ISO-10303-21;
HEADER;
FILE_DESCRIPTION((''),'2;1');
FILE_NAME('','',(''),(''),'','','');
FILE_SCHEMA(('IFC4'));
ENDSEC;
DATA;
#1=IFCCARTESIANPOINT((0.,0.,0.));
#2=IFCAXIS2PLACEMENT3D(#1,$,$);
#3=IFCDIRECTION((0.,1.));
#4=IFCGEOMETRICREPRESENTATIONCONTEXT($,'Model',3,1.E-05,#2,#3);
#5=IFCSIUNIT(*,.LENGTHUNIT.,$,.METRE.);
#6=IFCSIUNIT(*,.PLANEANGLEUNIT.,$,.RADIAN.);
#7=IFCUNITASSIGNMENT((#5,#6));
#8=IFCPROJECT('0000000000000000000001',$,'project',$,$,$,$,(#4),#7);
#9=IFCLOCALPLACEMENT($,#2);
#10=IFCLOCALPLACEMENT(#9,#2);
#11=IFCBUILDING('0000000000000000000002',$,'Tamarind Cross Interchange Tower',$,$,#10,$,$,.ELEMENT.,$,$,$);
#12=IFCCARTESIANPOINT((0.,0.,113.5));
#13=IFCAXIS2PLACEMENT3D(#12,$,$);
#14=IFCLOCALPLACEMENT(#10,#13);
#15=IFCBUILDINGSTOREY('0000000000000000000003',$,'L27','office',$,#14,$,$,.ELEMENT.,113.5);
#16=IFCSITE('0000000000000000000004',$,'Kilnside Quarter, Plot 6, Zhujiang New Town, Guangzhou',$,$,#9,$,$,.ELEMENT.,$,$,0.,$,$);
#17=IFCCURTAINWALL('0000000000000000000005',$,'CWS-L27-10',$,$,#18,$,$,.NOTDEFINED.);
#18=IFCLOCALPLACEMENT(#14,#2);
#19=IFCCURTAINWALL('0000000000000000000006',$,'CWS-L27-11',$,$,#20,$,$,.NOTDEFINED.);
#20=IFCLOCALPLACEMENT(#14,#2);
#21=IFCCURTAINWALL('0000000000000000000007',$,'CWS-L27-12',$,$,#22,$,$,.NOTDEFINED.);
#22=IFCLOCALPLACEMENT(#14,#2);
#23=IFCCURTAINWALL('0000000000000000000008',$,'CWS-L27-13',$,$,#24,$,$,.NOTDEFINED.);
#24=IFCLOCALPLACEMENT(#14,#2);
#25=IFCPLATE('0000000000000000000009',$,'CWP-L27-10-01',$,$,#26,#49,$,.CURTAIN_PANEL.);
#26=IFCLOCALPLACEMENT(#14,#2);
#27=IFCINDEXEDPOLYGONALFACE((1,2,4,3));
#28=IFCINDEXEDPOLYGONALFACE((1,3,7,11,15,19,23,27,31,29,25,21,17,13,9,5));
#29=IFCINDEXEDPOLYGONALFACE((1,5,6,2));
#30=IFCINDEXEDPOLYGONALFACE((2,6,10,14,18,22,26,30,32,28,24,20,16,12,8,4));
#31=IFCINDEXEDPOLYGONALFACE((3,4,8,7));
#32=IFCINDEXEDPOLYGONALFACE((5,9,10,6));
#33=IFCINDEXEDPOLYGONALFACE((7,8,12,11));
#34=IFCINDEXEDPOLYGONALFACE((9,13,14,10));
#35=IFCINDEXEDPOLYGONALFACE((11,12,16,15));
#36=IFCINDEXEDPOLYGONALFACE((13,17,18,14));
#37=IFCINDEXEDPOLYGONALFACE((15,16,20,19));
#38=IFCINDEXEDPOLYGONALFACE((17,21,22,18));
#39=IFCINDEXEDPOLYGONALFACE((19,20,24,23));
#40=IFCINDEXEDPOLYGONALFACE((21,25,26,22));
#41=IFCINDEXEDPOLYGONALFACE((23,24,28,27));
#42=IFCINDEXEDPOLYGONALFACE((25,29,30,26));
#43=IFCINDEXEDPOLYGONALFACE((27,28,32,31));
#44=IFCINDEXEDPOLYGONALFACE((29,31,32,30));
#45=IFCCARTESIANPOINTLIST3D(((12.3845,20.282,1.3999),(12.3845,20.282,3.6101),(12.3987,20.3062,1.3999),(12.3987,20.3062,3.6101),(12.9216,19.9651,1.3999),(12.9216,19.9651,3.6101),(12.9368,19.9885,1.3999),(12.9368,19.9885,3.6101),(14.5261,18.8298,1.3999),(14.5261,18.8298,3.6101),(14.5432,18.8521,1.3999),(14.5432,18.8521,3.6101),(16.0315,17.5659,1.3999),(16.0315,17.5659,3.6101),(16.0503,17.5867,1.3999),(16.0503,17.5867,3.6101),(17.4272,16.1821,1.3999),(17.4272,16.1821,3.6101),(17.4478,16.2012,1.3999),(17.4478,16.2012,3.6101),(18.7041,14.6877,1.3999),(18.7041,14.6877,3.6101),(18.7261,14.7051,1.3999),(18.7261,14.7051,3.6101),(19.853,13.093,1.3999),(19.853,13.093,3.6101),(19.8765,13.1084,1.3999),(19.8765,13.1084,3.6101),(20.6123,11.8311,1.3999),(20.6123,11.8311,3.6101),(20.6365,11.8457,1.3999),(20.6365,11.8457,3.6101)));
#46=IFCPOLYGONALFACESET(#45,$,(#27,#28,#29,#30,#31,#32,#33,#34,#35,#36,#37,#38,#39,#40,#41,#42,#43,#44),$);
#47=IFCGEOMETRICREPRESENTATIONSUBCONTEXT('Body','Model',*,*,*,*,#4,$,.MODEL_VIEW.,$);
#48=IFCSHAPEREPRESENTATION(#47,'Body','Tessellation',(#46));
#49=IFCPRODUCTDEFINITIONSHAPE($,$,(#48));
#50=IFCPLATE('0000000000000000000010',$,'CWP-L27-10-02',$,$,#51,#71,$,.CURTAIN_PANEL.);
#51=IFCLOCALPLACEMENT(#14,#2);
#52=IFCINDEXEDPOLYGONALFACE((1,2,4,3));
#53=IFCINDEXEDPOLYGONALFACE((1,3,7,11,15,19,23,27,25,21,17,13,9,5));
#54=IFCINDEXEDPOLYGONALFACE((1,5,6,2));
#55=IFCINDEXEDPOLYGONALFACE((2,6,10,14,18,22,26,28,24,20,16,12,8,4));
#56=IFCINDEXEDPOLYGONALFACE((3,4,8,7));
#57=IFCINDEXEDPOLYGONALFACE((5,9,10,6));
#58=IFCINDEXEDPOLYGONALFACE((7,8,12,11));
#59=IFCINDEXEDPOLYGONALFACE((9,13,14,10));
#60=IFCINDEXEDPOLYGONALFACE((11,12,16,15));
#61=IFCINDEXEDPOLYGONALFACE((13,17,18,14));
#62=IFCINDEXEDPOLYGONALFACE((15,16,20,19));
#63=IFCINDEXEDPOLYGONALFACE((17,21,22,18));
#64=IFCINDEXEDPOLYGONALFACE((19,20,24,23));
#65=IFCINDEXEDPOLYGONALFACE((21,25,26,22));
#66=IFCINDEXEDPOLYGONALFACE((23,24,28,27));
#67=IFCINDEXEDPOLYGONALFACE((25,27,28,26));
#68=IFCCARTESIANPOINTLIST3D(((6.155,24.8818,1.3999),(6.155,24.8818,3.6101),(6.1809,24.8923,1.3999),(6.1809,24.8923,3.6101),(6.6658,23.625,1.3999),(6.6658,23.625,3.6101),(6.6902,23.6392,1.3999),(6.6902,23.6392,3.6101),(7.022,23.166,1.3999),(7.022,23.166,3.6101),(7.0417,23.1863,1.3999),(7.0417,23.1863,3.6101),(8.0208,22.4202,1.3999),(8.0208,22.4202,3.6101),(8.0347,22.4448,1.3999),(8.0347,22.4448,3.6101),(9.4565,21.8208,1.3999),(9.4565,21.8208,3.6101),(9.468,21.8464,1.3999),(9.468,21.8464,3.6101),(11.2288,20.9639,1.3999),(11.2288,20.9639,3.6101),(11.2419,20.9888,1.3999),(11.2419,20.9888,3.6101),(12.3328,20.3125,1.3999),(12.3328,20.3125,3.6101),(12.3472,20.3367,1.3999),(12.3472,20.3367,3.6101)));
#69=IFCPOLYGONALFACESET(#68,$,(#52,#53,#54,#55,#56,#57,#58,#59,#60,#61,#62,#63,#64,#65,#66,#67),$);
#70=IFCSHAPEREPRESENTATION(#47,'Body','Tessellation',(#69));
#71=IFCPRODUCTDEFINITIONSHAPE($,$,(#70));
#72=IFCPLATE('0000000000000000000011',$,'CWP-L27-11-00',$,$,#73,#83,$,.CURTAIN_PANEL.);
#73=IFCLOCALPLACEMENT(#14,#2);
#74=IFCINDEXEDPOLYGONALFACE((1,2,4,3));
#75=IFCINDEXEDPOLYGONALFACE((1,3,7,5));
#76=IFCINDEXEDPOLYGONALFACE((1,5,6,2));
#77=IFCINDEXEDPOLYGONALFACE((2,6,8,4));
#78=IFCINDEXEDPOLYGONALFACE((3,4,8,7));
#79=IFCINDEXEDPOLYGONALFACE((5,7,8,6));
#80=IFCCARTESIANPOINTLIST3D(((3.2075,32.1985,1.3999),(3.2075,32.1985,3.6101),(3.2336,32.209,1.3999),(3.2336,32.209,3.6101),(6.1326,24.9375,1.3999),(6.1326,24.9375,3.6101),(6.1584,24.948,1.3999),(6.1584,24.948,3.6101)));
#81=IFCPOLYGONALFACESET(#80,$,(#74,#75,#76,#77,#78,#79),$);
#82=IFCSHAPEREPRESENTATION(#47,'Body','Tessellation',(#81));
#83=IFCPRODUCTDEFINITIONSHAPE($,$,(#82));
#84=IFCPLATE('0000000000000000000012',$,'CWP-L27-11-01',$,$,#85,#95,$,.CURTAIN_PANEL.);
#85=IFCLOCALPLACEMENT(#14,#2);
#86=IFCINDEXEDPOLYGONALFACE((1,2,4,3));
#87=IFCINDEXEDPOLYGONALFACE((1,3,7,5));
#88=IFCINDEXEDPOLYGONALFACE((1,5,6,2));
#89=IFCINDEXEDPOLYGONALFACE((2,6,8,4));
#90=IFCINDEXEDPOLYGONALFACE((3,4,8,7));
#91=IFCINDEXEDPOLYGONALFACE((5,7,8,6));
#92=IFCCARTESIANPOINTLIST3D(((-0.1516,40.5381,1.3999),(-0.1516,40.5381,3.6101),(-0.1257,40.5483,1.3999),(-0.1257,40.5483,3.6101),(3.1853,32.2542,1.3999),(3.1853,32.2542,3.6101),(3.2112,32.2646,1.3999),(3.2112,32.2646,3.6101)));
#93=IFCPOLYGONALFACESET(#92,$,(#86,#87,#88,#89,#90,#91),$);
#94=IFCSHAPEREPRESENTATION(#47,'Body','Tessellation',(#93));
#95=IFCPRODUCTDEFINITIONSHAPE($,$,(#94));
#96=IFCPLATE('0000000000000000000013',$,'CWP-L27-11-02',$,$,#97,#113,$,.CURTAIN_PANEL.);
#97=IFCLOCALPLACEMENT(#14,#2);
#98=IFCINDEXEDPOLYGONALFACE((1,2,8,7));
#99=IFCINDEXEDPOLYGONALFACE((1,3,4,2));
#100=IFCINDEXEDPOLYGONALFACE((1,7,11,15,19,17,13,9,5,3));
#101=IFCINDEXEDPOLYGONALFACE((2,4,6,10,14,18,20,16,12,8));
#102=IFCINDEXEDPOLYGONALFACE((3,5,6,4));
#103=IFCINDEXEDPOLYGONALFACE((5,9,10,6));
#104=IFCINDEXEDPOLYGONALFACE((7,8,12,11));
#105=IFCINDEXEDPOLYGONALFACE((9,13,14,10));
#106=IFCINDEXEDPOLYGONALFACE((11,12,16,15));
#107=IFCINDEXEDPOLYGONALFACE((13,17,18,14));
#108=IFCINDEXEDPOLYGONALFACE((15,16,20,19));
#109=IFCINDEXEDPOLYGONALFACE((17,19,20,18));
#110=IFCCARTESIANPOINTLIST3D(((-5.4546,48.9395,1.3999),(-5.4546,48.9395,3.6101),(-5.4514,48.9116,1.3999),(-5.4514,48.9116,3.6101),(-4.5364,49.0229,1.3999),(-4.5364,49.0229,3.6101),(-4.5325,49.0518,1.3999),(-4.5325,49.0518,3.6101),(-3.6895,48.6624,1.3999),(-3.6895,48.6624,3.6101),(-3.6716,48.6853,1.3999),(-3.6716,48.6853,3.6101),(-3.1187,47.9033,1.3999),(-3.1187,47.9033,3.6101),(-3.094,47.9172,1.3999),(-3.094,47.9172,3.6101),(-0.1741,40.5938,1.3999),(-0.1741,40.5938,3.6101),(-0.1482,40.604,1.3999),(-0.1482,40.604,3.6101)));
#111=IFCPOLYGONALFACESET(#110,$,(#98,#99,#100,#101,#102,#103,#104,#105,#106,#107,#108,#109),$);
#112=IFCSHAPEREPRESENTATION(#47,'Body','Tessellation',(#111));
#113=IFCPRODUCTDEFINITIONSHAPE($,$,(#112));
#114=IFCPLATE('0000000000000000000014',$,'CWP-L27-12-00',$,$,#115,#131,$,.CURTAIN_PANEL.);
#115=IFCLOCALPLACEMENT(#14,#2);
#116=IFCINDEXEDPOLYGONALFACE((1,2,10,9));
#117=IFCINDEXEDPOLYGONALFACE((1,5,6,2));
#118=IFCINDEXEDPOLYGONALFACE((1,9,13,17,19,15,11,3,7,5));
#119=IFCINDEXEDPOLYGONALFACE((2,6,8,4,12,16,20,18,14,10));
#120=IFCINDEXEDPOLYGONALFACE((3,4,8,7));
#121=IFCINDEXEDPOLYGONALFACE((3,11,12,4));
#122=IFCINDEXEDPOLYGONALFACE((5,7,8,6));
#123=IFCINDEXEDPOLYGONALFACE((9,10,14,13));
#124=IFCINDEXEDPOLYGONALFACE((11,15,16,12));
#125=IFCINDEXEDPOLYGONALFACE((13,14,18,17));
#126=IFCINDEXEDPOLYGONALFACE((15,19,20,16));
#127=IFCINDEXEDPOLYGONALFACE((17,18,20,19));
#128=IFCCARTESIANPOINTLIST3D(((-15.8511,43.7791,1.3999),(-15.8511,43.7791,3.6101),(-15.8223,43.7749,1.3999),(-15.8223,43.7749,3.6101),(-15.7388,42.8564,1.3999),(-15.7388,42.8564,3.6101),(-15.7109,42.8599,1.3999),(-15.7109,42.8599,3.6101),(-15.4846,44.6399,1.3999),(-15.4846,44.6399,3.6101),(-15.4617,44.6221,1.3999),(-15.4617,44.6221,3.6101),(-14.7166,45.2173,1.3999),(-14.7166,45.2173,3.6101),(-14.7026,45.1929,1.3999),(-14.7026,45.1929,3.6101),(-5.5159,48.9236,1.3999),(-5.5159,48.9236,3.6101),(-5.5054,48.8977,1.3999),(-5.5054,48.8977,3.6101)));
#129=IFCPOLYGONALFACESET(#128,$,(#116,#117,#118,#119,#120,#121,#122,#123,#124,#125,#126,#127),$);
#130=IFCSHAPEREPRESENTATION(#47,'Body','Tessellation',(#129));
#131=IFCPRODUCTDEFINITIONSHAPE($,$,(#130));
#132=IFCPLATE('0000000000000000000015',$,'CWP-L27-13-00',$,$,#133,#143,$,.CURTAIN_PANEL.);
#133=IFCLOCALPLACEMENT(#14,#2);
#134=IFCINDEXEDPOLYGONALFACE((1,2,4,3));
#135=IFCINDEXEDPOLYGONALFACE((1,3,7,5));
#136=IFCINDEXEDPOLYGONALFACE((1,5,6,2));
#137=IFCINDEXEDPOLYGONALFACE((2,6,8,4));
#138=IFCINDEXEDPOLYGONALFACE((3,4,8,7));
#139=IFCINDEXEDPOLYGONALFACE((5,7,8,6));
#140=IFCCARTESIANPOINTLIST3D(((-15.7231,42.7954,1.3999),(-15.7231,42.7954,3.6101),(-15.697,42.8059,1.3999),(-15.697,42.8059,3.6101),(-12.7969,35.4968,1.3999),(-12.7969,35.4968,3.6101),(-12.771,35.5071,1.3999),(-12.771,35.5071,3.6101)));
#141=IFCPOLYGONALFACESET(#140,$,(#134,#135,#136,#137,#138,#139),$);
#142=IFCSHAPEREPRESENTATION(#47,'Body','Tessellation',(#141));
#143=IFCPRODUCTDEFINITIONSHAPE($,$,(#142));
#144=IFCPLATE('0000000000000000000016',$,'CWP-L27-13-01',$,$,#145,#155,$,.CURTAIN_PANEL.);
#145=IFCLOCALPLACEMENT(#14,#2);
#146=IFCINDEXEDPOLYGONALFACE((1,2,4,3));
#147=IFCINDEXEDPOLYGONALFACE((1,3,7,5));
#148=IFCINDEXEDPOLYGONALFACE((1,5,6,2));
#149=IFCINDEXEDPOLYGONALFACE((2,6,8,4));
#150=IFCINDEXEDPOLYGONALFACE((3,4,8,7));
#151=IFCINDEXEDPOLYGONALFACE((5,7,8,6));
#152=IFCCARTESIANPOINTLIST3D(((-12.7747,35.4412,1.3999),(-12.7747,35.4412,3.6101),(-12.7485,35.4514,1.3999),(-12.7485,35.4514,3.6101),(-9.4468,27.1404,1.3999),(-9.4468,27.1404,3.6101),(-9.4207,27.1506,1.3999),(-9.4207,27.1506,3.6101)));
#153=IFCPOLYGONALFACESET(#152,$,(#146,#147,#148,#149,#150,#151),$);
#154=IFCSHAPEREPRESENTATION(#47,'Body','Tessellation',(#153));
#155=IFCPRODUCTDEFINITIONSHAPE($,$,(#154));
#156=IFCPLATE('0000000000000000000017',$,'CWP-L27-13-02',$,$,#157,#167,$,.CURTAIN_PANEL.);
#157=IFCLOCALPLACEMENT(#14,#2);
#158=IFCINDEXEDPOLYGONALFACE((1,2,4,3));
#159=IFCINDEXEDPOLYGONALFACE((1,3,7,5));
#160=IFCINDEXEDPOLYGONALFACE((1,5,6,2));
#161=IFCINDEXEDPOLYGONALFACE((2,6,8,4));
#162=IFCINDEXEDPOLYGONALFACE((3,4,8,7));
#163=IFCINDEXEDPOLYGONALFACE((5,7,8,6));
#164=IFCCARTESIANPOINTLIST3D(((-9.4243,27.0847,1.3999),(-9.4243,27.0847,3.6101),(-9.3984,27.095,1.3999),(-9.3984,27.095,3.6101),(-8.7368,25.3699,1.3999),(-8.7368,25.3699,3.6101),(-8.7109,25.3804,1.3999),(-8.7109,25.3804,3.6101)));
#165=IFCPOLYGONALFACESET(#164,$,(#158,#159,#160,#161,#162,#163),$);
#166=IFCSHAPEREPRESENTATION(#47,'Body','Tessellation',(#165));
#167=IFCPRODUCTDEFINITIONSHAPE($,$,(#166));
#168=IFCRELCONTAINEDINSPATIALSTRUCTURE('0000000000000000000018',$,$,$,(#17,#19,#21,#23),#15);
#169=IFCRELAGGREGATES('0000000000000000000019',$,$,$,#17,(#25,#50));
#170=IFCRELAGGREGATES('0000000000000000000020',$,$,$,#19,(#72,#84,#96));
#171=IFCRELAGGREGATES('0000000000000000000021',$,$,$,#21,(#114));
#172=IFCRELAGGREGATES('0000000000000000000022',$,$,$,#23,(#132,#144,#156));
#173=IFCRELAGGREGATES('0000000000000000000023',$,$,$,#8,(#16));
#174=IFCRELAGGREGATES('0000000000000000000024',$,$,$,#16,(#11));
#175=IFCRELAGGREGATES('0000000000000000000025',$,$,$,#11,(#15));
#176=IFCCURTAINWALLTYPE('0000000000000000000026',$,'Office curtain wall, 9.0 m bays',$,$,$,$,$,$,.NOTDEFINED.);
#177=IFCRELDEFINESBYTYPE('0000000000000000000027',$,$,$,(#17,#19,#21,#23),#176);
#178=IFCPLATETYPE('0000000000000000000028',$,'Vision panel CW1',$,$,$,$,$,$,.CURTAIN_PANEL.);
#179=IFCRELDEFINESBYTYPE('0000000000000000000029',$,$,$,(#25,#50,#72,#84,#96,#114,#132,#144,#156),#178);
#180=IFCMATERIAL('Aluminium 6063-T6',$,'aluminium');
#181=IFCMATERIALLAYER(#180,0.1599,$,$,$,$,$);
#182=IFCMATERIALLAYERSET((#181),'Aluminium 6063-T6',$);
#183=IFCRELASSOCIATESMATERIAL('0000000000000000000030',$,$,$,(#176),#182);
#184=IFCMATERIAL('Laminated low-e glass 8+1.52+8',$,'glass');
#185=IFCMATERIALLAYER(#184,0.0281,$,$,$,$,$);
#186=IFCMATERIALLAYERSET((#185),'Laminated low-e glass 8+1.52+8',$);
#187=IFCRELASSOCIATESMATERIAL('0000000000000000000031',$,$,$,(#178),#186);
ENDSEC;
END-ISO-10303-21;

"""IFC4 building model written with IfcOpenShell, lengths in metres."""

from ifc_helpers import new_model, si_unit, direction, frame, origin, place, context, subcontext, project, spatial, polyline, outline, extrude, material, layer, layer_set, type_object, element, aggregate, save


model = new_model("IFC4")

# Units and contexts
model_context = context("Model", 3, precision=1e-05, world=origin(), true_north=direction((0.0, 1.0)))
body_context = subcontext(model_context, "Body", "Model", "MODEL_VIEW")
ifc_project = project(units=[si_unit("LENGTHUNIT", "METRE"), si_unit("PLANEANGLEUNIT", "RADIAN")], contexts=[model_context])

# Site, building, storey
site_placement = place(None, origin())
site = spatial("IfcSite", under=ifc_project, at=site_placement, Name="Kilnside Quarter, Plot 6, Zhujiang New Town, Guangzhou", CompositionType="ELEMENT", RefElevation=0.0)
building_placement = place(site_placement, origin())
building = spatial("IfcBuilding", under=site, at=building_placement, Name="Tamarind Cross Interchange Tower", CompositionType="ELEMENT")
storey_placement = place(building_placement, frame((0.0, 0.0, 113.5)))
storey = spatial("IfcBuildingStorey", under=building, at=storey_placement, Name="L27", Description="office", CompositionType="ELEMENT", Elevation=113.5)

# Curtain walls
ifc_material_1 = material(Name="Aluminium 6063-T6", Category="aluminium")
ifc_layer_1 = layer(ifc_material_1, 0.1599)
ifc_layer_set_1 = layer_set([ifc_layer_1], Name="Aluminium 6063-T6")
curtain_wall_type = type_object("IfcCurtainWallType", Name="Office curtain wall, 9.0 m bays", PredefinedType="NOTDEFINED", material=ifc_layer_set_1)
curtain_wall_1_placement = place(storey_placement, origin())
curtain_wall_1 = element("IfcCurtainWall", 1, at=curtain_wall_1_placement, inside=storey, type_object=curtain_wall_type, Name="CWS-L27-10", PredefinedType="NOTDEFINED")
curtain_wall_2_placement = place(storey_placement, origin())
curtain_wall_2 = element("IfcCurtainWall", 2, at=curtain_wall_2_placement, inside=storey, type_object=curtain_wall_type, Name="CWS-L27-11", PredefinedType="NOTDEFINED")
curtain_wall_3_placement = place(storey_placement, origin())
curtain_wall_3 = element("IfcCurtainWall", 3, at=curtain_wall_3_placement, inside=storey, type_object=curtain_wall_type, Name="CWS-L27-12", PredefinedType="NOTDEFINED")
curtain_wall_4_placement = place(storey_placement, origin())
curtain_wall_4 = element("IfcCurtainWall", 4, at=curtain_wall_4_placement, inside=storey, type_object=curtain_wall_type, Name="CWS-L27-13", PredefinedType="NOTDEFINED")

# Plates
ifc_material_2 = material(Name="Laminated low-e glass 8+1.52+8", Category="glass")
ifc_layer_2 = layer(ifc_material_2, 0.0281)
ifc_layer_set_2 = layer_set([ifc_layer_2], Name="Laminated low-e glass 8+1.52+8")
plate_type = type_object("IfcPlateType", Name="Vision panel CW1", PredefinedType="CURTAIN_PANEL", material=ifc_layer_set_2)
plate_1_placement = place(storey_placement, frame((0.0, 0.0, 1.3999)))
plate_1 = element("IfcPlate", 5, at=plate_1_placement, type_object=plate_type, Name="CWP-L27-10-01", PredefinedType="CURTAIN_PANEL", context=body_context, shape_type="SweptSolid", body=[
    extrude(outline(polyline([(20.6123, 11.8311), (19.853, 13.093), (18.7041, 14.6877), (17.4272, 16.1821), (16.0315, 17.5659), (14.5261, 18.8298), (12.9216, 19.9651), (12.3845, 20.282), (12.3987, 20.3062), (12.9368, 19.9885), (14.5432, 18.8521), (16.0503, 17.5867), (17.4478, 16.2012), (18.7261, 14.7051), (19.8765, 13.1084), (20.6365, 11.8457), (20.6123, 11.8311)])), origin(), (0.0, 0.0, 1.0), 2.2102),
])
plate_2_placement = place(storey_placement, frame((0.0, 0.0, 1.3999)))
plate_2 = element("IfcPlate", 6, at=plate_2_placement, type_object=plate_type, Name="CWP-L27-10-02", PredefinedType="CURTAIN_PANEL", context=body_context, shape_type="SweptSolid", body=[
    extrude(outline(polyline([(12.3328, 20.3125), (11.2288, 20.9639), (9.4565, 21.8208), (8.0208, 22.4202), (7.022, 23.166), (6.6658, 23.625), (6.155, 24.8818), (6.1809, 24.8923), (6.6902, 23.6392), (7.0417, 23.1863), (8.0347, 22.4448), (9.468, 21.8464), (11.2419, 20.9888), (12.3472, 20.3367), (12.3328, 20.3125)])), origin(), (0.0, 0.0, 1.0), 2.2102),
])
aggregate(curtain_wall_1, [plate_1, plate_2])
plate_3_placement = place(storey_placement, frame((0.0, 0.0, 1.3999)))
plate_3 = element("IfcPlate", 7, at=plate_3_placement, type_object=plate_type, Name="CWP-L27-11-00", PredefinedType="CURTAIN_PANEL", context=body_context, shape_type="SweptSolid", body=[
    extrude(outline(polyline([(6.1326, 24.9375), (3.2075, 32.1985), (3.2336, 32.209), (6.1584, 24.948), (6.1326, 24.9375)])), origin(), (0.0, 0.0, 1.0), 2.2102),
])
plate_4_placement = place(storey_placement, frame((0.0, 0.0, 1.3999)))
plate_4 = element("IfcPlate", 8, at=plate_4_placement, type_object=plate_type, Name="CWP-L27-11-01", PredefinedType="CURTAIN_PANEL", context=body_context, shape_type="SweptSolid", body=[
    extrude(outline(polyline([(3.1853, 32.2542), (-0.1516, 40.5381), (-0.1257, 40.5483), (3.2112, 32.2646), (3.1853, 32.2542)])), origin(), (0.0, 0.0, 1.0), 2.2102),
])
plate_5_placement = place(storey_placement, frame((0.0, 0.0, 1.3999)))
plate_5 = element("IfcPlate", 9, at=plate_5_placement, type_object=plate_type, Name="CWP-L27-11-02", PredefinedType="CURTAIN_PANEL", context=body_context, shape_type="SweptSolid", body=[
    extrude(outline(polyline([(-0.1741, 40.5938), (-3.1187, 47.9033), (-3.6895, 48.6624), (-4.5364, 49.0229), (-5.4514, 48.9116), (-5.4546, 48.9395), (-4.5325, 49.0518), (-3.6716, 48.6853), (-3.094, 47.9172), (-0.1482, 40.604), (-0.1741, 40.5938)])), origin(), (0.0, 0.0, 1.0), 2.2102),
])
aggregate(curtain_wall_2, [plate_3, plate_4, plate_5])
plate_6_placement = place(storey_placement, frame((0.0, 0.0, 1.3999)))
plate_6 = element("IfcPlate", 10, at=plate_6_placement, type_object=plate_type, Name="CWP-L27-12-00", PredefinedType="CURTAIN_PANEL", context=body_context, shape_type="SweptSolid", body=[
    extrude(outline(polyline([(-5.5054, 48.8977), (-14.7026, 45.1929), (-15.4617, 44.6221), (-15.8223, 43.7749), (-15.7109, 42.8599), (-15.7388, 42.8564), (-15.8511, 43.7791), (-15.4846, 44.6399), (-14.7166, 45.2173), (-5.5159, 48.9236), (-5.5054, 48.8977)])), origin(), (0.0, 0.0, 1.0), 2.2102),
])
aggregate(curtain_wall_3, [plate_6])
plate_7_placement = place(storey_placement, frame((0.0, 0.0, 1.3999)))
plate_7 = element("IfcPlate", 11, at=plate_7_placement, type_object=plate_type, Name="CWP-L27-13-00", PredefinedType="CURTAIN_PANEL", context=body_context, shape_type="SweptSolid", body=[
    extrude(outline(polyline([(-15.697, 42.8059), (-12.771, 35.5071), (-12.7969, 35.4968), (-15.7231, 42.7954), (-15.697, 42.8059)])), origin(), (0.0, 0.0, 1.0), 2.2102),
])
plate_8_placement = place(storey_placement, frame((0.0, 0.0, 1.3999)))
plate_8 = element("IfcPlate", 12, at=plate_8_placement, type_object=plate_type, Name="CWP-L27-13-01", PredefinedType="CURTAIN_PANEL", context=body_context, shape_type="SweptSolid", body=[
    extrude(outline(polyline([(-12.7485, 35.4514), (-9.4207, 27.1506), (-9.4468, 27.1404), (-12.7747, 35.4412), (-12.7485, 35.4514)])), origin(), (0.0, 0.0, 1.0), 2.2102),
])
plate_9_placement = place(storey_placement, frame((0.0, 0.0, 1.3999)))
plate_9 = element("IfcPlate", 13, at=plate_9_placement, type_object=plate_type, Name="CWP-L27-13-02", PredefinedType="CURTAIN_PANEL", context=body_context, shape_type="SweptSolid", body=[
    extrude(outline(polyline([(-9.3984, 27.095), (-8.7109, 25.3804), (-8.7368, 25.3699), (-9.4243, 27.0847), (-9.3984, 27.095)])), origin(), (0.0, 0.0, 1.0), 2.2102),
])
aggregate(curtain_wall_4, [plate_7, plate_8, plate_9])

save(model, "model.ifc")
